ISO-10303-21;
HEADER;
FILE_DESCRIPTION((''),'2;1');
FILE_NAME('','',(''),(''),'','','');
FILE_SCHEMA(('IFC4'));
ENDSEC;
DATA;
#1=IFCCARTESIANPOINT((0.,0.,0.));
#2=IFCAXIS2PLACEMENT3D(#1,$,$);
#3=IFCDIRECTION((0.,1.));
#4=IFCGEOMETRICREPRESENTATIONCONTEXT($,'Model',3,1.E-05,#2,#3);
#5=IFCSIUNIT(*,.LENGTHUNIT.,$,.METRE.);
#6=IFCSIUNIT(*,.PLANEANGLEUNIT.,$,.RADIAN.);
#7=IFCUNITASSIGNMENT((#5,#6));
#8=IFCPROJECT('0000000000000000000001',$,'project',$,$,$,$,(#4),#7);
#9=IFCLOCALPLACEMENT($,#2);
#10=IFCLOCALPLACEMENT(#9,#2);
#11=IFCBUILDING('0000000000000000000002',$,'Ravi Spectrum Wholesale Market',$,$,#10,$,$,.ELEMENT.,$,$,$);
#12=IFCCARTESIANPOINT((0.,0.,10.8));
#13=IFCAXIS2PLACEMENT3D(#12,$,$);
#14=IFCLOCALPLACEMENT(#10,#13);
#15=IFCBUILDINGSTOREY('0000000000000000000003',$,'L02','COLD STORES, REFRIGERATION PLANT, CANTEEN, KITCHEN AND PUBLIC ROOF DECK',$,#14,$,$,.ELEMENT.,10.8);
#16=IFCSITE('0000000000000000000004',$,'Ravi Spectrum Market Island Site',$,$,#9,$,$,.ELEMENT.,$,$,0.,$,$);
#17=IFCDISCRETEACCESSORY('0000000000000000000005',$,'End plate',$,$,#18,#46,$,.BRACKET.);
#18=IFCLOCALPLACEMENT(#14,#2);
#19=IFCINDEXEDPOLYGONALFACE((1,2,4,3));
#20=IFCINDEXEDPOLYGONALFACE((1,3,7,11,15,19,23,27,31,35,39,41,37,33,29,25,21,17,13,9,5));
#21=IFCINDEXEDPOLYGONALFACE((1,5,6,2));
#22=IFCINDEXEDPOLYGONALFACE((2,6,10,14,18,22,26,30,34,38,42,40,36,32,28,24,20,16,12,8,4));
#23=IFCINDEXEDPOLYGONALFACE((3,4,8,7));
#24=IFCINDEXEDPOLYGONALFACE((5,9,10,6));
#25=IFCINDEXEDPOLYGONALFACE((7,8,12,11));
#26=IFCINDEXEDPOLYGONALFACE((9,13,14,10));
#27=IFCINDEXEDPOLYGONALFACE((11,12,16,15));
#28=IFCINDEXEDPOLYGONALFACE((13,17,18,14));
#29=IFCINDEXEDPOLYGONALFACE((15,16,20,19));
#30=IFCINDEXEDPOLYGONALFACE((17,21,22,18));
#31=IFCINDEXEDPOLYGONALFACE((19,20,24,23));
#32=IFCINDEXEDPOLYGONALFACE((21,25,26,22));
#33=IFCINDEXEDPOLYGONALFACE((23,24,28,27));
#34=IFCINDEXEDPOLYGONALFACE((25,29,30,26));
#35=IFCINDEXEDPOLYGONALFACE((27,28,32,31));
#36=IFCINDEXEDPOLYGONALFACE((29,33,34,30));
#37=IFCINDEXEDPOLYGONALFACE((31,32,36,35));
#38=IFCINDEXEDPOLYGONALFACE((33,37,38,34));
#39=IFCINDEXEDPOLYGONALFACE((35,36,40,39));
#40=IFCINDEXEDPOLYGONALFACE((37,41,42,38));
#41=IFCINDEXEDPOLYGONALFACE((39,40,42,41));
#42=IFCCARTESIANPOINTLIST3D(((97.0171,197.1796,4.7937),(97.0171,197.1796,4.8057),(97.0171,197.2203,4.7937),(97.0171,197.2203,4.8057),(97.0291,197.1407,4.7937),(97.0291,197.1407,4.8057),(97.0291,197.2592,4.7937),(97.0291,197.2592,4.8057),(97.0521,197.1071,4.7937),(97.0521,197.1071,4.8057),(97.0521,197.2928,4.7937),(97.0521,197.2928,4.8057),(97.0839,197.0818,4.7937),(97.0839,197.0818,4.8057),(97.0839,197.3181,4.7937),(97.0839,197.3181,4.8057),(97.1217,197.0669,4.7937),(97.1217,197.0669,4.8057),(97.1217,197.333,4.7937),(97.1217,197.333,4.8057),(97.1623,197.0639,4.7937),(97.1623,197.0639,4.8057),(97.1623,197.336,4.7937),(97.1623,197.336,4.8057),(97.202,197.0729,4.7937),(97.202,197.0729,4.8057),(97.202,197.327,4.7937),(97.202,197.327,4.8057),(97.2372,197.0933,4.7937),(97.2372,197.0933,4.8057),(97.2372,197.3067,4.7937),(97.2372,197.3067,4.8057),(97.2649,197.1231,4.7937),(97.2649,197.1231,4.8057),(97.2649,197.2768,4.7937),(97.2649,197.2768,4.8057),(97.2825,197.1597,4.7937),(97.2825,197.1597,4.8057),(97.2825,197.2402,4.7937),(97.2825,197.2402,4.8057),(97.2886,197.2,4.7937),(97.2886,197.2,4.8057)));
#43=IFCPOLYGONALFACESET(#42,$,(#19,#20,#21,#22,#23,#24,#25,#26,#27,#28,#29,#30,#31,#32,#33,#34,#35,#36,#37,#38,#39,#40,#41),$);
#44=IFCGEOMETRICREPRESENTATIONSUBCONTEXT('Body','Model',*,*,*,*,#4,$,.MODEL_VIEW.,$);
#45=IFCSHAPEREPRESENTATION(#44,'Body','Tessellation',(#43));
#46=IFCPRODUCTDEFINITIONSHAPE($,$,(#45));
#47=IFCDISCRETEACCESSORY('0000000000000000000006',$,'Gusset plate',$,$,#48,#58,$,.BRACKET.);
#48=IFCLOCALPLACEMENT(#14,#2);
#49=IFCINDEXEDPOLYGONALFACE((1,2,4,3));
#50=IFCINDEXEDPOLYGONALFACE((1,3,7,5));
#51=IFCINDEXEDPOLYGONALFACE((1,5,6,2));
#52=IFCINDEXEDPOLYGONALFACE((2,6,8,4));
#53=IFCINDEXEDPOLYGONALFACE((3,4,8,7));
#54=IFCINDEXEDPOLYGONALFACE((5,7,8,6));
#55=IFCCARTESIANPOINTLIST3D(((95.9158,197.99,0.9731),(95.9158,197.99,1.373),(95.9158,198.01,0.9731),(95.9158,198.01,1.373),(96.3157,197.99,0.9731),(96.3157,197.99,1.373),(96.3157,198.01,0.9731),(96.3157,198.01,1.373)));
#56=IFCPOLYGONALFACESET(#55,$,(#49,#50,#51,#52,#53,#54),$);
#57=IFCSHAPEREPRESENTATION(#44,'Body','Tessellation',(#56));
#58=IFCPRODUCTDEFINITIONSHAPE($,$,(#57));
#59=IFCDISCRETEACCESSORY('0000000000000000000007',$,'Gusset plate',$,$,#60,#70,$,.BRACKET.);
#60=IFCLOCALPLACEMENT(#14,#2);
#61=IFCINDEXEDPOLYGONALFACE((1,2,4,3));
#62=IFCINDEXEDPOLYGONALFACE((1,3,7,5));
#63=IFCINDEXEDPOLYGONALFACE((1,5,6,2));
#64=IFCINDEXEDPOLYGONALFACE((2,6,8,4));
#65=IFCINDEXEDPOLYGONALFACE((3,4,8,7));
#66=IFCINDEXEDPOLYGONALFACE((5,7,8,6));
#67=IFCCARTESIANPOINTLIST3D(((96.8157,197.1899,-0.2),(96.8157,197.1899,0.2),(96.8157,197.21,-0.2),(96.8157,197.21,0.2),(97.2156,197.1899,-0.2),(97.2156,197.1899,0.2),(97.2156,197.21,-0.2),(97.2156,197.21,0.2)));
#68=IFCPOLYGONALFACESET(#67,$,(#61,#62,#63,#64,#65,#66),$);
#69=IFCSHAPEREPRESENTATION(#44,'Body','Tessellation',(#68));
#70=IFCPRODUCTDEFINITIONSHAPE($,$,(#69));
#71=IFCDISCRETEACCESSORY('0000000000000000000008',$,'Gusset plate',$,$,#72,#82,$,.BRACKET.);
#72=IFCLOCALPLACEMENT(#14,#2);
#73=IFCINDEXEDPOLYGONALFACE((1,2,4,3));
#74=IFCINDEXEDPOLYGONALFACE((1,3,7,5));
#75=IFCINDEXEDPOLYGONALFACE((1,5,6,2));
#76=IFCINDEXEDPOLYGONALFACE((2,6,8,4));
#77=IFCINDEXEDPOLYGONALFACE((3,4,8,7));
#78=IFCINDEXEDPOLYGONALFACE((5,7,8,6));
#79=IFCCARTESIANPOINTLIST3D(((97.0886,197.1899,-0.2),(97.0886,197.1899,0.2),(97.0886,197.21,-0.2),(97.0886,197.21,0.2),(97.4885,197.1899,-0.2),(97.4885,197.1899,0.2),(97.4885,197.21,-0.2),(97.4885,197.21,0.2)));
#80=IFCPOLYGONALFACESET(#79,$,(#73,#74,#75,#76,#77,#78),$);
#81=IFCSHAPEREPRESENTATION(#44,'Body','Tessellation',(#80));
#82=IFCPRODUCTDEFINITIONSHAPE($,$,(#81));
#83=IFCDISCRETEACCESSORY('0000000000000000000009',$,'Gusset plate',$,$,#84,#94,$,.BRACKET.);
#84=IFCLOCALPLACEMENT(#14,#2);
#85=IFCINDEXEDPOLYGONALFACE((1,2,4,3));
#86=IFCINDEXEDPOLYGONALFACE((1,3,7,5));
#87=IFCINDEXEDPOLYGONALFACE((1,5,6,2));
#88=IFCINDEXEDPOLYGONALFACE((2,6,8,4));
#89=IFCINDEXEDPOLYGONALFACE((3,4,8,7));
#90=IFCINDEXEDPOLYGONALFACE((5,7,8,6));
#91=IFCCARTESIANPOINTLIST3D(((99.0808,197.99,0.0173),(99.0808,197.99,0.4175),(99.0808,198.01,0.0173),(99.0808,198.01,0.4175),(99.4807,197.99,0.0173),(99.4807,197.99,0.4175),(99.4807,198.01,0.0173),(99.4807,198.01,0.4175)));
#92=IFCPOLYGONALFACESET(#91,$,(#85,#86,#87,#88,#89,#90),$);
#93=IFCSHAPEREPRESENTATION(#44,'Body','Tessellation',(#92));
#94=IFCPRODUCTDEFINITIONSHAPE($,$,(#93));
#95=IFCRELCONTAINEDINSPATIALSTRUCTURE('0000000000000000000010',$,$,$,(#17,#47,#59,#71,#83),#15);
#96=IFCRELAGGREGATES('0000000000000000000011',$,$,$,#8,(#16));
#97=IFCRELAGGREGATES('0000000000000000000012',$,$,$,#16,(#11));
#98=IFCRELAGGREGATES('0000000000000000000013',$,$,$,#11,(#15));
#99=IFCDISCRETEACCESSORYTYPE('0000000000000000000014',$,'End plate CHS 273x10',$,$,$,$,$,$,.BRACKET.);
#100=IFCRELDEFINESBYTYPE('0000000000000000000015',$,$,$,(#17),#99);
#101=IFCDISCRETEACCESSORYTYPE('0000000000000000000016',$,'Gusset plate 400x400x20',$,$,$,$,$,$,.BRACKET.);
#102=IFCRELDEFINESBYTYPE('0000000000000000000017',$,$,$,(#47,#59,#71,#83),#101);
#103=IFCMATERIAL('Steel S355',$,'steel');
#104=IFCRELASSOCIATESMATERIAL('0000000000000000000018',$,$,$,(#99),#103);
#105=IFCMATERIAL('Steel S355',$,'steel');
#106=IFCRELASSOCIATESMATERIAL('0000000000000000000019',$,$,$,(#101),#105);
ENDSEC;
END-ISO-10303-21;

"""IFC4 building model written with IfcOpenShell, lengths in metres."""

from ifc_helpers import new_model, si_unit, direction, frame, origin, origin_2d, place, context, subcontext, project, spatial, rectangle, circle, extrude, material, material_profile, profile_set, type_object, element, save


model = new_model("IFC4")

# Units and contexts
model_context = context("Model", 3, precision=1e-05, world=origin(), true_north=direction((0.0, 1.0)))
body_context = subcontext(model_context, "Body", "Model", "MODEL_VIEW")
ifc_project = project(units=[si_unit("LENGTHUNIT", "METRE"), si_unit("PLANEANGLEUNIT", "RADIAN")], contexts=[model_context])

# Site, building, storey
site_placement = place(None, origin())
site = spatial("IfcSite", under=ifc_project, at=site_placement, Name="Ravi Spectrum Market Island Site", CompositionType="ELEMENT", RefElevation=0.0)
building_placement = place(site_placement, origin())
building = spatial("IfcBuilding", under=site, at=building_placement, Name="Ravi Spectrum Wholesale Market", CompositionType="ELEMENT")
storey_placement = place(building_placement, frame((0.0, 0.0, 10.8)))
storey = spatial("IfcBuildingStorey", under=building, at=storey_placement, Name="L02", Description="COLD STORES, REFRIGERATION PLANT, CANTEEN, KITCHEN AND PUBLIC ROOF DECK", CompositionType="ELEMENT", Elevation=10.8)

# Discrete accessories
ifc_material_1 = material(Name="Steel S355", Category="steel")
ifc_material_profile_1 = material_profile(ifc_material_1, circle(Radius=0.1365, at=origin_2d()))
ifc_profile_set_1 = profile_set([ifc_material_profile_1], Name="Steel S355")
discrete_accessory_type_1 = type_object("IfcDiscreteAccessoryType", Name="End plate CHS 273x10", PredefinedType="BRACKET", material=ifc_profile_set_1)
discrete_accessory_1_placement = place(storey_placement, frame((97.1521, 197.2, 4.7937), z_axis=(0.0, 0.0, 1.0), x_axis=(1.0, 0.0, 0.0)))
element("IfcDiscreteAccessory", 1, at=discrete_accessory_1_placement, inside=storey, type_object=discrete_accessory_type_1, Name="End plate", PredefinedType="BRACKET", context=body_context, shape_type="SweptSolid", body=[
    extrude(circle(Radius=0.1365, at=origin_2d()), origin(), (0.0, 0.0, 1.0), 0.012),
])
ifc_material_2 = material(Name="Steel S355", Category="steel")
ifc_material_profile_2 = material_profile(ifc_material_2, rectangle(XDim=0.3999, YDim=0.02, at=origin_2d()))
ifc_profile_set_2 = profile_set([ifc_material_profile_2], Name="Steel S355")
discrete_accessory_type_2 = type_object("IfcDiscreteAccessoryType", Name="Gusset plate 400x400x20", PredefinedType="BRACKET", material=ifc_profile_set_2)
for number, where, z_axis, x_axis, name in (
    (2, (96.1157, 198.0, 0.9731), (0.0, 0.0, 1.0), (-1.0, 0.0, 0.0), "Gusset plate"),
    (3, (97.0156, 197.2, -0.2), (0.0, 0.0, 1.0), (1.0, 0.0, 0.0), "Gusset plate"),
    (4, (97.2886, 197.2, -0.2), (0.0, 0.0, 1.0), (1.0, 0.0, 0.0), "Gusset plate"),
):
    element("IfcDiscreteAccessory", number, at=place(storey_placement, frame(where, z_axis=z_axis, x_axis=x_axis)), inside=storey, type_object=discrete_accessory_type_2, Name=name, PredefinedType="BRACKET", context=body_context, shape_type="SweptSolid", body=[
        extrude(rectangle(XDim=0.3999, YDim=0.02, at=origin_2d()), origin(), (0.0, 0.0, 1.0), 0.3999),
    ])
discrete_accessory_2_placement = place(storey_placement, frame((99.2808, 198.0, 0.0173), z_axis=(0.0, 0.0, 1.0), x_axis=(-1.0, 0.0, 0.0)))
element("IfcDiscreteAccessory", 5, at=discrete_accessory_2_placement, inside=storey, type_object=discrete_accessory_type_2, Name="Gusset plate", PredefinedType="BRACKET", context=body_context, shape_type="SweptSolid", body=[
    extrude(rectangle(XDim=0.3999, YDim=0.02, at=origin_2d()), origin(), (0.0, 0.0, 1.0), 0.4001),
])

save(model, "model.ifc")
